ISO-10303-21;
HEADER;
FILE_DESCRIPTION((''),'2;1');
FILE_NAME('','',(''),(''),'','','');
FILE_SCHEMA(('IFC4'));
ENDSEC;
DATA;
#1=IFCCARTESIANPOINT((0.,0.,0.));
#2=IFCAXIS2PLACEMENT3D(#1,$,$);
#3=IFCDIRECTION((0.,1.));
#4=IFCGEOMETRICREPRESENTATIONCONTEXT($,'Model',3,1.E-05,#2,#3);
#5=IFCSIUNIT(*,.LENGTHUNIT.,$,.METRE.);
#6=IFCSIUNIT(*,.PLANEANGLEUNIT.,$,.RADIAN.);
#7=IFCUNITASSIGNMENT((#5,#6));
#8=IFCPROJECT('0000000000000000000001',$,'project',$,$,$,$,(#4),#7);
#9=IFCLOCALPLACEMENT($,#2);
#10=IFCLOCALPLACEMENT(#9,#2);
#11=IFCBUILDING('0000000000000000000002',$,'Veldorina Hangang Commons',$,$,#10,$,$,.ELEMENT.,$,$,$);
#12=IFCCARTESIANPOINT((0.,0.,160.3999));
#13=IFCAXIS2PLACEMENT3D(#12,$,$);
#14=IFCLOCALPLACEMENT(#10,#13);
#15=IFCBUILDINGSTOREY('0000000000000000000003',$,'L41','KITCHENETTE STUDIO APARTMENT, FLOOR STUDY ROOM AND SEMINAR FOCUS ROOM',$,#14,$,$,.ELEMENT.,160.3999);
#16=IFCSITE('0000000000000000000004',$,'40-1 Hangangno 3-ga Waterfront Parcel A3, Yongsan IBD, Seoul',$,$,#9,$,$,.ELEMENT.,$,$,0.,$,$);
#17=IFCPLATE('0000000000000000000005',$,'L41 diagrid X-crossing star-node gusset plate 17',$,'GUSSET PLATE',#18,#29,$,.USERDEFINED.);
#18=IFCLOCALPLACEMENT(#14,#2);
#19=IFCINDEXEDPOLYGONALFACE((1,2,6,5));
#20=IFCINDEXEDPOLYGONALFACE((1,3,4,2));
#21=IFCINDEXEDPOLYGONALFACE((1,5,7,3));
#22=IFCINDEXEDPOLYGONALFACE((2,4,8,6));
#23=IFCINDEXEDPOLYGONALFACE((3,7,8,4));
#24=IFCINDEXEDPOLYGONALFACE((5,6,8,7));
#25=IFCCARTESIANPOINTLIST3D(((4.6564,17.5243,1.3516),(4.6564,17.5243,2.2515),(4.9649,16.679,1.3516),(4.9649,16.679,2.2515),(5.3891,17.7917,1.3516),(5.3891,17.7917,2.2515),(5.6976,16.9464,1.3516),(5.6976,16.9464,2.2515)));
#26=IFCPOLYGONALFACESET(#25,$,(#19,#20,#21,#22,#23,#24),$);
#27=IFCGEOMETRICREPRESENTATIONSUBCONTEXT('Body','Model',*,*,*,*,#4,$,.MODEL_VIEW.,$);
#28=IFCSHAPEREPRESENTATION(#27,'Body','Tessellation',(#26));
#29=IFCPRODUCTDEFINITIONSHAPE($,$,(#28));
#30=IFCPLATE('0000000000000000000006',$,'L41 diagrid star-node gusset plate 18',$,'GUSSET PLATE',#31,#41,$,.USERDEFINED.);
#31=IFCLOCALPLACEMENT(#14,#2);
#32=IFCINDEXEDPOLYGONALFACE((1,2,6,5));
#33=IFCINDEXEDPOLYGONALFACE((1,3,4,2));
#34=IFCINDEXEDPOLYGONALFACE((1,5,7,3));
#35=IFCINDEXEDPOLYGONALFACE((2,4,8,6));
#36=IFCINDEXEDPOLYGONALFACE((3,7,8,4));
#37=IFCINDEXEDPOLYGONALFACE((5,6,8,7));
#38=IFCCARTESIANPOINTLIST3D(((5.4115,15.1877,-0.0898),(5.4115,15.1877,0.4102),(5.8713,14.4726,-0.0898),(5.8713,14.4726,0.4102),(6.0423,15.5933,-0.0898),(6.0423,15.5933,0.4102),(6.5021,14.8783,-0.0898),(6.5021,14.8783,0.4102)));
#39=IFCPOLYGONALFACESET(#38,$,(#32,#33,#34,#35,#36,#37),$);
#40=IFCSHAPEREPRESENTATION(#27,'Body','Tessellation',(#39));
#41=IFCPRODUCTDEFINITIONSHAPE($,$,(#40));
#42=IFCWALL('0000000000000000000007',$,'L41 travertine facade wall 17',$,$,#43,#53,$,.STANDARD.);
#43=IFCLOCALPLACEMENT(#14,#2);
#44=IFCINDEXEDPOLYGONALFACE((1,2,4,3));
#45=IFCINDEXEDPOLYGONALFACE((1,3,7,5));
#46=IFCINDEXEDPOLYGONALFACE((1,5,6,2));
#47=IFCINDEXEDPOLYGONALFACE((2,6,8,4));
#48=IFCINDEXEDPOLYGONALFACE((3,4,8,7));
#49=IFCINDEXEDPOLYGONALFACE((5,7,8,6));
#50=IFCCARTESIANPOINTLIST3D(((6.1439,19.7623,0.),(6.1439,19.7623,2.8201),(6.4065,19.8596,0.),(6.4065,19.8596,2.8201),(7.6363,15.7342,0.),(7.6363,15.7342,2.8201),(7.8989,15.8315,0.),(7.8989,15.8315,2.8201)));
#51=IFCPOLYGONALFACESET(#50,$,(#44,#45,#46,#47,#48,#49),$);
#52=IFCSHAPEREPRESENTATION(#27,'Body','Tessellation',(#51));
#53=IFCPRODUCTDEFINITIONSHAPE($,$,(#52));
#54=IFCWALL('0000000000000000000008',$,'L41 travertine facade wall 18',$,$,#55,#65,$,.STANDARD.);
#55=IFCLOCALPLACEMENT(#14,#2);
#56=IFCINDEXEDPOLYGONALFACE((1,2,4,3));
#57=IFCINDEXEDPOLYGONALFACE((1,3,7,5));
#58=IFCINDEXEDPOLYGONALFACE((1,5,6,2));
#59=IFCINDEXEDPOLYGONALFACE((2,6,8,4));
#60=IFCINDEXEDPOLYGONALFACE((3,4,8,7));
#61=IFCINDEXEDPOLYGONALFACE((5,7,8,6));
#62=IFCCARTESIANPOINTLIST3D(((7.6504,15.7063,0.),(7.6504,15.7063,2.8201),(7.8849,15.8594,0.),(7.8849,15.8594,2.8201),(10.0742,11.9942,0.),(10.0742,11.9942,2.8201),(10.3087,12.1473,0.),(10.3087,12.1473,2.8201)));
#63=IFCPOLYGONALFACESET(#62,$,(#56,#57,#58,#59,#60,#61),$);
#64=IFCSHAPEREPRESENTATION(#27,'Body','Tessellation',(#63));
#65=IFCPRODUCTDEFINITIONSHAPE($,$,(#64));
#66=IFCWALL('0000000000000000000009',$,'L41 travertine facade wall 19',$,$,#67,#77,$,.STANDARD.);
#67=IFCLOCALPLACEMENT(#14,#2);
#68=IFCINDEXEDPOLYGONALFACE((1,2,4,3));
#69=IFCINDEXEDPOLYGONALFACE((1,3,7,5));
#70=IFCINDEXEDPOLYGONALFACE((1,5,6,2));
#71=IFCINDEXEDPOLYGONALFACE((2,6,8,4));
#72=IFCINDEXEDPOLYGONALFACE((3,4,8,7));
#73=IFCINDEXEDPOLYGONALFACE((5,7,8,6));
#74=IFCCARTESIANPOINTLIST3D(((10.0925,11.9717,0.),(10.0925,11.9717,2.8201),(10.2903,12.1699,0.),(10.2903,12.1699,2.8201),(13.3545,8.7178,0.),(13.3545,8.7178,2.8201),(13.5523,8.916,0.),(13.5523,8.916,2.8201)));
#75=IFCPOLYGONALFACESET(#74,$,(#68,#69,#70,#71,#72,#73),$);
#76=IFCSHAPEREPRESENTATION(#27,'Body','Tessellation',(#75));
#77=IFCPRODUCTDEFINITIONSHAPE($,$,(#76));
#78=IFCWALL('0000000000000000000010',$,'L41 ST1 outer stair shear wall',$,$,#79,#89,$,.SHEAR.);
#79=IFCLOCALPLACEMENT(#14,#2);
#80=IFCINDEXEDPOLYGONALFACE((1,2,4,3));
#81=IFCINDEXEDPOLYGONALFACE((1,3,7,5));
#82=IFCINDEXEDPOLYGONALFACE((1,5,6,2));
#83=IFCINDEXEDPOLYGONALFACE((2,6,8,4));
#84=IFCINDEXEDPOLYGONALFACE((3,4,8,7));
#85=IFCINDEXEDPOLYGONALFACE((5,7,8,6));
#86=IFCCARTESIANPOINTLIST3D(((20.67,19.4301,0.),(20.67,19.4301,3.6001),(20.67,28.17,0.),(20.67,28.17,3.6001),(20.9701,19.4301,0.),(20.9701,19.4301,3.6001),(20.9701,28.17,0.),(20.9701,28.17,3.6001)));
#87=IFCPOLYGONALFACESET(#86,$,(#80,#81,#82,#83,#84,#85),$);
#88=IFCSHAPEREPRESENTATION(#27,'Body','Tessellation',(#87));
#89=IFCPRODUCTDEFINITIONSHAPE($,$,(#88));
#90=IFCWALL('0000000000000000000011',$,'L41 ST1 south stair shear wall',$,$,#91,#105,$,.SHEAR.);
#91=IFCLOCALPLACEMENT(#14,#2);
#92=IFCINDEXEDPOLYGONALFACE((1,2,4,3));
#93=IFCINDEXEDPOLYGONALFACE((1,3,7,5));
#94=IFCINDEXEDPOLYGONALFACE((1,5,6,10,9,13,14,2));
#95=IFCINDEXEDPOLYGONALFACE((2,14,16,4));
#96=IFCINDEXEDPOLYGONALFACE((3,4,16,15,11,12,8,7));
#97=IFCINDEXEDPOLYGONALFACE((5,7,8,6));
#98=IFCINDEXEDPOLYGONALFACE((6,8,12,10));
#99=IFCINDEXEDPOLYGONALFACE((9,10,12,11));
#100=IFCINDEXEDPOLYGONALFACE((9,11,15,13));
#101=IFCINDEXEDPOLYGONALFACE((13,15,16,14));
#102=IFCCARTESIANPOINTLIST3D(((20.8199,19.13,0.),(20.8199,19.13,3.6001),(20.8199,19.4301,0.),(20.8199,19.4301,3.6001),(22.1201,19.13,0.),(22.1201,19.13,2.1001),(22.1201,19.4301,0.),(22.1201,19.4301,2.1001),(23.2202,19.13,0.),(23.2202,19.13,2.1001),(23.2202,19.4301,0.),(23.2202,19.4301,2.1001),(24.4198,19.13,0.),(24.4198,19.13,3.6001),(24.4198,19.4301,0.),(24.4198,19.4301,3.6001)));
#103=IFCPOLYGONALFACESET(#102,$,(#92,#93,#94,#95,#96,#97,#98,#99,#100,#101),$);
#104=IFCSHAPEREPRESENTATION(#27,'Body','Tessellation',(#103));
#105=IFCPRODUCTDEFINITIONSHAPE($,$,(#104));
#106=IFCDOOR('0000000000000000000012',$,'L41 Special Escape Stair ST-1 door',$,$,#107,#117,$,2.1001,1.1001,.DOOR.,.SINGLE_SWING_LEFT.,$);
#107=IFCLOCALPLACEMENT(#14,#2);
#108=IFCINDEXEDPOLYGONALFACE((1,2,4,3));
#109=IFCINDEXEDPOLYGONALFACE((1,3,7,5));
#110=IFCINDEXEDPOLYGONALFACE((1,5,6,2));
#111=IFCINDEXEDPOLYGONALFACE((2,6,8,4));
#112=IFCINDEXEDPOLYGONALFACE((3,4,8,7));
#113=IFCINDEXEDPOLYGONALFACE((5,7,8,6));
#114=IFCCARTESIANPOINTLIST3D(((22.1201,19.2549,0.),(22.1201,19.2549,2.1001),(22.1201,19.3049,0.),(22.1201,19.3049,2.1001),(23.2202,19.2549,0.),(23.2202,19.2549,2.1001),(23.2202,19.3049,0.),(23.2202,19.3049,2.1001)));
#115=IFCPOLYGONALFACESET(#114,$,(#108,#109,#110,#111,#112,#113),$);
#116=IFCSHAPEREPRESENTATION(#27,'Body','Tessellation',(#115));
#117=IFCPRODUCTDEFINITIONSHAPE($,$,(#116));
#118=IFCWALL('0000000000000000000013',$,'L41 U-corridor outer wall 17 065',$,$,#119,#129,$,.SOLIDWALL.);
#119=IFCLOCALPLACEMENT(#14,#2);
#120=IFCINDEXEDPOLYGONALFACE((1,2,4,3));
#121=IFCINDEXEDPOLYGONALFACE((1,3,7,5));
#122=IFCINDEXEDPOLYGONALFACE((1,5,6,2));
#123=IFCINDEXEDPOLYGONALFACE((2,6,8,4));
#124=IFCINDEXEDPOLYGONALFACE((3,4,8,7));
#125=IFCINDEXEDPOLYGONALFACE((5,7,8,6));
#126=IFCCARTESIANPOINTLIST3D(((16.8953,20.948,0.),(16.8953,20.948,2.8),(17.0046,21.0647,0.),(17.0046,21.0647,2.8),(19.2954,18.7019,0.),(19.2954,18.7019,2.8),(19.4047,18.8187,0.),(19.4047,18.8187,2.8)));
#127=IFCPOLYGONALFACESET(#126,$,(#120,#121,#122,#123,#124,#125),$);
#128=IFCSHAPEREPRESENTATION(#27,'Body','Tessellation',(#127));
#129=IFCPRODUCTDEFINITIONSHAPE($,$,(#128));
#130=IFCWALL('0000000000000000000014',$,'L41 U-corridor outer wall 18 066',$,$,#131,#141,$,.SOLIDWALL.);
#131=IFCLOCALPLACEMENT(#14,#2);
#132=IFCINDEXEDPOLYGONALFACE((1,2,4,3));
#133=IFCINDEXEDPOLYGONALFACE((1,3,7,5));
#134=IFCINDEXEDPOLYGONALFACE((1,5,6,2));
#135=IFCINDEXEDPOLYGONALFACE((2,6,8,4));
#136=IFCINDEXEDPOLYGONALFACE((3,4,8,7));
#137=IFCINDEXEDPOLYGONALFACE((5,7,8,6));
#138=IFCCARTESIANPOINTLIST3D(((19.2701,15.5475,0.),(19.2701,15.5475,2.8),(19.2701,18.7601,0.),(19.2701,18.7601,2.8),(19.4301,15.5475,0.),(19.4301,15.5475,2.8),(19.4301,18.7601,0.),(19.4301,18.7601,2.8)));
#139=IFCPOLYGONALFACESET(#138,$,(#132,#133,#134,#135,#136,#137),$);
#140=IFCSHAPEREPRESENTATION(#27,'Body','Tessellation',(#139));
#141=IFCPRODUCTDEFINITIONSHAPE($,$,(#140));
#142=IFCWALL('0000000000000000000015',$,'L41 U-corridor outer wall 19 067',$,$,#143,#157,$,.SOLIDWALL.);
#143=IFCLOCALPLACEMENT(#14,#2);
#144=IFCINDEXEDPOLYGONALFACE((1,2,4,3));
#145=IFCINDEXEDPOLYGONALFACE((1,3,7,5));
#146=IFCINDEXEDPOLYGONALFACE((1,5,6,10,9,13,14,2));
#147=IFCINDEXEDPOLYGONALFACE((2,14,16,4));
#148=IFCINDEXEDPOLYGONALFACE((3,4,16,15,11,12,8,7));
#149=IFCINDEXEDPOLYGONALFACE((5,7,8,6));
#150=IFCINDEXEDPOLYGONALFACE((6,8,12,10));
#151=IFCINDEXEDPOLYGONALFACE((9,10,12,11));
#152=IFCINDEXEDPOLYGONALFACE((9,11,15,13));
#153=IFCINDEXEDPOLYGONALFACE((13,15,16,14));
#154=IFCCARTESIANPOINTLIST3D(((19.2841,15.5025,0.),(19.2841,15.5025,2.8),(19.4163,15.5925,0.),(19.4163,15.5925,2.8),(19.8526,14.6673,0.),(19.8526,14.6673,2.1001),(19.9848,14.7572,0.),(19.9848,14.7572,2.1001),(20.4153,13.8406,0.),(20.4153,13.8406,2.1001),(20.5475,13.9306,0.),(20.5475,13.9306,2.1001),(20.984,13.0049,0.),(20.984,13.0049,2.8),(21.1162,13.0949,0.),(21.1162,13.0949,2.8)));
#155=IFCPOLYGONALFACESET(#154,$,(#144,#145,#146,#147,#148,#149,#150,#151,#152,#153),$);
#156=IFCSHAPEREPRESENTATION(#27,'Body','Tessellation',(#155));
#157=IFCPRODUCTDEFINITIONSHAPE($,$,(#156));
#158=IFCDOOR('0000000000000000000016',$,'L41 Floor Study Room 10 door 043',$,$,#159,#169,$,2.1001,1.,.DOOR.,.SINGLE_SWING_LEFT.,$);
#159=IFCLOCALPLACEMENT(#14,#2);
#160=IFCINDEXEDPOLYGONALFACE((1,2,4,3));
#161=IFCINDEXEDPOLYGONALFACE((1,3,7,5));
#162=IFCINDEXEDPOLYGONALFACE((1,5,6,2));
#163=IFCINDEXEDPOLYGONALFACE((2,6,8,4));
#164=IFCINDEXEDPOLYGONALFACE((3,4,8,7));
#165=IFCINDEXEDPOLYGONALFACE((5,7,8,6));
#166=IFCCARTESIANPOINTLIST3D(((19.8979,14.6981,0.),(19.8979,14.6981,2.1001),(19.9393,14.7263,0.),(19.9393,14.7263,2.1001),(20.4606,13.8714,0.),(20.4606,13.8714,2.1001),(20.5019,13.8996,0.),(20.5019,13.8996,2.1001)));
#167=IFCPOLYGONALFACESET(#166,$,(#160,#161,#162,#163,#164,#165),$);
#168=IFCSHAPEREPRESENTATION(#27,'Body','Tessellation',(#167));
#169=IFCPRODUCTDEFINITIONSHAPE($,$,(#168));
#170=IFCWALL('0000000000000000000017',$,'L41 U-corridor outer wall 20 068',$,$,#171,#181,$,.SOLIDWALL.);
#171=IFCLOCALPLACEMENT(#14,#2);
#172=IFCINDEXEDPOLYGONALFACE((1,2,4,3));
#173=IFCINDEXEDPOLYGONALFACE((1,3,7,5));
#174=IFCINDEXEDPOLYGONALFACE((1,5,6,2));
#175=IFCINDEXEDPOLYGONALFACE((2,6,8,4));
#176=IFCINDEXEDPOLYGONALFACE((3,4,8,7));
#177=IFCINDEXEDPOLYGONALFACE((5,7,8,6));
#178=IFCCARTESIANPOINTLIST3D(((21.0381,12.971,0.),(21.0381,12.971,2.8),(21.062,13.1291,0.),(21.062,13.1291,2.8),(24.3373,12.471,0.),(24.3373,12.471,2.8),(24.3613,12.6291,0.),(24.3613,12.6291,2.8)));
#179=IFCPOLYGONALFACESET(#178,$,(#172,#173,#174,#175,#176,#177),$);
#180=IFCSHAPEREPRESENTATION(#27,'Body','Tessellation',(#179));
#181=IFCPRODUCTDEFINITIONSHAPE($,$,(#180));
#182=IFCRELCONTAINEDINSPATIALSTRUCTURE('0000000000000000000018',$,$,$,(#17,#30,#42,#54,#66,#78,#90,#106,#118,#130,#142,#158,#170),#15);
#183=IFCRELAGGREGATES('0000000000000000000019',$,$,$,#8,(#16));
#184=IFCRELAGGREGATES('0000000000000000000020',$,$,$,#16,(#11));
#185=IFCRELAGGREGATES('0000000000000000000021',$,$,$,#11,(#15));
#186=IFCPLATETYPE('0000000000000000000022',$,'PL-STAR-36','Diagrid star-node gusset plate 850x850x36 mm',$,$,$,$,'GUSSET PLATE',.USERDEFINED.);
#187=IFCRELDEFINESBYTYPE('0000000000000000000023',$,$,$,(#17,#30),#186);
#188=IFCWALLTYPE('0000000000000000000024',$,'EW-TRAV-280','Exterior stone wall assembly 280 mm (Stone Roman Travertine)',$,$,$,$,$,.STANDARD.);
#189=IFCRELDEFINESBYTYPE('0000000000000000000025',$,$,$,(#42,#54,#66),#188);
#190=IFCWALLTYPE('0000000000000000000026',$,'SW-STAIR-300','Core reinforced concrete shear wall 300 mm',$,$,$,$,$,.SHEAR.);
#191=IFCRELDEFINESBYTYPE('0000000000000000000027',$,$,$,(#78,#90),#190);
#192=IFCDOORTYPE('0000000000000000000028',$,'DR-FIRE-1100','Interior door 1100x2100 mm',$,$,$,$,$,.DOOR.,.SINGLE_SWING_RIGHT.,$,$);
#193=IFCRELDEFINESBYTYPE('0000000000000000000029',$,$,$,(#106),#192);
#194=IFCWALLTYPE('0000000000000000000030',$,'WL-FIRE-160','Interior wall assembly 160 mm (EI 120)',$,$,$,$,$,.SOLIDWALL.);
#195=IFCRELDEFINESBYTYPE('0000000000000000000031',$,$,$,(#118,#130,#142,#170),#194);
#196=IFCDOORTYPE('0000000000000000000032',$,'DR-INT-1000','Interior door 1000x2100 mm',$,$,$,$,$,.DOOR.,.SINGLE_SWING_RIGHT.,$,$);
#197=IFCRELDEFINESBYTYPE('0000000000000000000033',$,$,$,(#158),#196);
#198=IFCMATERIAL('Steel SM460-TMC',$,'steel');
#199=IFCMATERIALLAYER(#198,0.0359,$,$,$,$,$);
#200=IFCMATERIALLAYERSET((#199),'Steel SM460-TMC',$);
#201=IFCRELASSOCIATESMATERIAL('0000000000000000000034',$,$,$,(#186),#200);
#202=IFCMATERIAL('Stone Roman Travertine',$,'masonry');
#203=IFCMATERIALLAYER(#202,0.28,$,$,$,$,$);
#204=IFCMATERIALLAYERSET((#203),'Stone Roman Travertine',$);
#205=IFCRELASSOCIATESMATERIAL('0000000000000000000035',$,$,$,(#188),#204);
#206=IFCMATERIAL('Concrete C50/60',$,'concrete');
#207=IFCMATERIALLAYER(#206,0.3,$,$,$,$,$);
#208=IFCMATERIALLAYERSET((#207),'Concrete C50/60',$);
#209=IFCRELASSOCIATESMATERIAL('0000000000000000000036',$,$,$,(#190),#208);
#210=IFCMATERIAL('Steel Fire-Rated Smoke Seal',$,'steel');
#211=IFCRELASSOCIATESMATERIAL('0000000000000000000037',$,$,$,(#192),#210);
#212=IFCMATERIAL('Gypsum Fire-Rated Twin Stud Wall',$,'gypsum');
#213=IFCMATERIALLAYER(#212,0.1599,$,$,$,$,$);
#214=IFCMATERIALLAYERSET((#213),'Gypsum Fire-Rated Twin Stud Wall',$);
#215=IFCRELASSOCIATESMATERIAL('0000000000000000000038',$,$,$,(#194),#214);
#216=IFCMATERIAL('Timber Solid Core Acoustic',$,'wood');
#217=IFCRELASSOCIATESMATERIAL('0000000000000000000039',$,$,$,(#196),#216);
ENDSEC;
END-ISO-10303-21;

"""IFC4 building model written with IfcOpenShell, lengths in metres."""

from ifc_helpers import new_model, si_unit, direction, frame, frame_2d, origin, origin_2d, place, context, subcontext, project, spatial, rectangle, extrude, material, layer, layer_set, type_object, element, fill, save


model = new_model("IFC4")

# Units and contexts
model_context = context("Model", 3, precision=1e-05, world=origin(), true_north=direction((0.0, 1.0)))
body_context = subcontext(model_context, "Body", "Model", "MODEL_VIEW")
ifc_project = project(units=[si_unit("LENGTHUNIT", "METRE"), si_unit("PLANEANGLEUNIT", "RADIAN")], contexts=[model_context])

# Site, building, storey
site_placement = place(None, origin())
site = spatial("IfcSite", under=ifc_project, at=site_placement, Name="40-1 Hangangno 3-ga Waterfront Parcel A3, Yongsan IBD, Seoul", CompositionType="ELEMENT", RefElevation=0.0)
building_placement = place(site_placement, origin())
building = spatial("IfcBuilding", under=site, at=building_placement, Name="Veldorina Hangang Commons", CompositionType="ELEMENT")
storey_placement = place(building_placement, frame((0.0, 0.0, 160.3999)))
storey = spatial("IfcBuildingStorey", under=building, at=storey_placement, Name="L41", Description="KITCHENETTE STUDIO APARTMENT, FLOOR STUDY ROOM AND SEMINAR FOCUS ROOM", CompositionType="ELEMENT", Elevation=160.3999)

# Plates
ifc_material_1 = material(Name="Steel SM460-TMC", Category="steel")
ifc_layer_1 = layer(ifc_material_1, 0.0359)
ifc_layer_set_1 = layer_set([ifc_layer_1], Name="Steel SM460-TMC")
plate_type = type_object("IfcPlateType", Name="PL-STAR-36", Description="Diagrid star-node gusset plate 850x850x36 mm", ElementType="GUSSET PLATE", PredefinedType="USERDEFINED", material=ifc_layer_set_1)
plate_1_placement = place(storey_placement, frame((5.177, 17.2354, 1.3516), z_axis=(0.0, 0.0, 1.0), x_axis=(0.342807, -0.939406, 0.0)))
element("IfcPlate", 1, at=plate_1_placement, inside=storey, type_object=plate_type, Name="L41 diagrid X-crossing star-node gusset plate 17", ObjectType="GUSSET PLATE", PredefinedType="USERDEFINED", context=body_context, shape_type="SweptSolid", body=[
    extrude(rectangle(XDim=0.8999, YDim=0.78, at=origin_2d()), origin(), (0.0, 0.0, 1.0), 0.8999),
])
plate_2_placement = place(storey_placement, frame((5.9568, 15.033, -0.0898), z_axis=(0.0, 0.0, 1.0), x_axis=(0.540857, -0.841115, 0.0)))
element("IfcPlate", 2, at=plate_2_placement, inside=storey, type_object=plate_type, Name="L41 diagrid star-node gusset plate 18", ObjectType="GUSSET PLATE", PredefinedType="USERDEFINED", context=body_context, shape_type="SweptSolid", body=[
    extrude(rectangle(XDim=0.8501, YDim=0.75, at=origin_2d()), origin(), (0.0, 0.0, 1.0), 0.5),
])

# Walls
ifc_material_2 = material(Name="Stone Roman Travertine", Category="masonry")
ifc_layer_2 = layer(ifc_material_2, 0.28)
ifc_layer_set_2 = layer_set([ifc_layer_2], Name="Stone Roman Travertine")
wall_type_1 = type_object("IfcWallType", Name="EW-TRAV-280", Description="Exterior stone wall assembly 280 mm (Stone Roman Travertine)", PredefinedType="STANDARD", material=ifc_layer_set_2)
wall_1_placement = place(storey_placement, frame((6.2751, 19.811, 0.0), z_axis=(0.0, 0.0, 1.0), x_axis=(0.347427, -0.937707, 0.0)))
element("IfcWall", 3, at=wall_1_placement, inside=storey, type_object=wall_type_1, Name="L41 travertine facade wall 17", PredefinedType="STANDARD", context=body_context, shape_type="SweptSolid", body=[
    extrude(rectangle(XDim=4.2957, YDim=0.28, at=frame_2d((2.1479, 0.0))), origin(), (0.0, 0.0, 1.0), 2.8201),
])
wall_2_placement = place(storey_placement, frame((7.7676, 15.783, 0.0), z_axis=(0.0, 0.0, 1.0), x_axis=(0.54672, -0.837316, 0.0)))
element("IfcWall", 4, at=wall_2_placement, inside=storey, type_object=wall_type_1, Name="L41 travertine facade wall 18", PredefinedType="STANDARD", context=body_context, shape_type="SweptSolid", body=[
    extrude(rectangle(XDim=4.4333, YDim=0.28, at=frame_2d((2.2168, 0.0))), origin(), (0.0, 0.0, 1.0), 2.8201),
])
wall_3_placement = place(storey_placement, frame((10.1914, 12.0708, 0.0), z_axis=(0.0, 0.0, 1.0), x_axis=(0.707981, -0.706232, 0.0)))
element("IfcWall", 5, at=wall_3_placement, inside=storey, type_object=wall_type_1, Name="L41 travertine facade wall 19", PredefinedType="STANDARD", context=body_context, shape_type="SweptSolid", body=[
    extrude(rectangle(XDim=4.6074, YDim=0.28, at=frame_2d((2.3037, 0.0))), origin(), (0.0, 0.0, 1.0), 2.8201),
])
ifc_material_3 = material(Name="Concrete C50/60", Category="concrete")
ifc_layer_3 = layer(ifc_material_3, 0.3)
ifc_layer_set_3 = layer_set([ifc_layer_3], Name="Concrete C50/60")
wall_type_2 = type_object("IfcWallType", Name="SW-STAIR-300", Description="Core reinforced concrete shear wall 300 mm", PredefinedType="SHEAR", material=ifc_layer_set_3)
wall_4_placement = place(storey_placement, frame((20.8201, 19.4299, 0.0), z_axis=(0.0, 0.0, 1.0), x_axis=(0.0, 1.0, 0.0)))
element("IfcWall", 6, at=wall_4_placement, inside=storey, type_object=wall_type_2, Name="L41 ST1 outer stair shear wall", PredefinedType="SHEAR", context=body_context, shape_type="SweptSolid", body=[
    extrude(rectangle(XDim=8.74, YDim=0.3, at=frame_2d((4.3701, 0.0))), origin(), (0.0, 0.0, 1.0), 3.6001),
])

# Wall, opening, door
wall_5_placement = place(storey_placement, frame((20.8201, 19.28, 0.0), z_axis=(0.0, 0.0, 1.0), x_axis=(1.0, 0.0, 0.0)))
wall_5 = element("IfcWall", 7, at=wall_5_placement, inside=storey, type_object=wall_type_2, Name="L41 ST1 south stair shear wall", PredefinedType="SHEAR", context=body_context, shape_type="SweptSolid", body=[
    extrude(rectangle(XDim=3.5999, YDim=0.3, at=frame_2d((1.7998, 0.0))), origin(), (0.0, 0.0, 1.0), 3.6001),
])
opening_1_placement = place(wall_5_placement, frame((1.3, 0.0, 0.0)))
opening_1 = element("IfcOpeningElement", 8, at=opening_1_placement, cuts=wall_5, PredefinedType="OPENING", context=body_context, shape_type="SweptSolid", body=[
    extrude(rectangle(XDim=1.1001, YDim=2.1001, at=frame_2d((0.55, 1.05))), frame((0.0, 0.1602, 0.0), z_axis=(0.0, -1.0, 0.0), x_axis=(1.0, 0.0, 0.0)), (0.0, 0.0, 1.0), 0.3201),
])
ifc_material_4 = material(Name="Steel Fire-Rated Smoke Seal", Category="steel")
door_type_1 = type_object("IfcDoorType", Name="DR-FIRE-1100", Description="Interior door 1100x2100 mm", OperationType="SINGLE_SWING_RIGHT", PredefinedType="DOOR", material=ifc_material_4)
door_1_placement = place(opening_1_placement, origin())
door_1 = element("IfcDoor", 9, at=door_1_placement, inside=storey, type_object=door_type_1, Name="L41 Special Escape Stair ST-1 door", OperationType="SINGLE_SWING_LEFT", OverallHeight=2.1001, OverallWidth=1.1001, PredefinedType="DOOR", context=body_context, shape_type="SweptSolid", body=[
    extrude(rectangle(XDim=1.1001, YDim=2.1001, at=frame_2d((0.55, 1.05))), frame((0.0, 0.0249, 0.0), z_axis=(0.0, -1.0, 0.0), x_axis=(1.0, 0.0, 0.0)), (0.0, 0.0, 1.0), 0.05),
])
fill(opening_1, door_1)

# Walls
ifc_material_5 = material(Name="Gypsum Fire-Rated Twin Stud Wall", Category="gypsum")
ifc_layer_4 = layer(ifc_material_5, 0.1599)
ifc_layer_set_4 = layer_set([ifc_layer_4], Name="Gypsum Fire-Rated Twin Stud Wall")
wall_type_3 = type_object("IfcWallType", Name="WL-FIRE-160", Description="Interior wall assembly 160 mm (EI 120)", PredefinedType="SOLIDWALL", material=ifc_layer_set_4)
wall_6_placement = place(storey_placement, frame((16.95, 21.0063, 0.0), z_axis=(0.0, 0.0, 1.0), x_axis=(0.730151, -0.683286, 0.0)))
element("IfcWall", 10, at=wall_6_placement, inside=storey, type_object=wall_type_3, Name="L41 U-corridor outer wall 17 065", PredefinedType="SOLIDWALL", context=body_context, shape_type="SweptSolid", body=[
    extrude(rectangle(XDim=3.2871, YDim=0.1599, at=frame_2d((1.6436, 0.0))), origin(), (0.0, 0.0, 1.0), 2.8),
])
wall_7_placement = place(storey_placement, frame((19.3501, 18.7603, 0.0), z_axis=(0.0, 0.0, 1.0), x_axis=(0.0, -1.0, 0.0)))
element("IfcWall", 11, at=wall_7_placement, inside=storey, type_object=wall_type_3, Name="L41 U-corridor outer wall 18 066", PredefinedType="SOLIDWALL", context=body_context, shape_type="SweptSolid", body=[
    extrude(rectangle(XDim=3.2126, YDim=0.1599, at=frame_2d((1.6064, 0.0))), origin(), (0.0, 0.0, 1.0), 2.8),
])

# Wall, opening, door
wall_8_placement = place(storey_placement, frame((19.3501, 15.5476, 0.0), z_axis=(0.0, 0.0, 1.0), x_axis=(0.562675, -0.826678, 0.0)))
wall_8 = element("IfcWall", 12, at=wall_8_placement, inside=storey, type_object=wall_type_3, Name="L41 U-corridor outer wall 19 067", PredefinedType="SOLIDWALL", context=body_context, shape_type="SweptSolid", body=[
    extrude(rectangle(XDim=3.0212, YDim=0.1599, at=frame_2d((1.5107, 0.0))), origin(), (0.0, 0.0, 1.0), 2.8),
])
opening_2_placement = place(wall_8_placement, frame((1.0105, 0.0, 0.0)))
opening_2 = element("IfcOpeningElement", 13, at=opening_2_placement, cuts=wall_8, PredefinedType="OPENING", context=body_context, shape_type="SweptSolid", body=[
    extrude(rectangle(XDim=1.0, YDim=2.1001, at=frame_2d((0.5, 1.05))), frame((0.0, 0.0898, 0.0), z_axis=(0.0, -1.0, 0.0), x_axis=(1.0, 0.0, 0.0)), (0.0, 0.0, 1.0), 0.1799),
])
ifc_material_6 = material(Name="Timber Solid Core Acoustic", Category="wood")
door_type_2 = type_object("IfcDoorType", Name="DR-INT-1000", Description="Interior door 1000x2100 mm", OperationType="SINGLE_SWING_RIGHT", PredefinedType="DOOR", material=ifc_material_6)
door_2_placement = place(opening_2_placement, origin())
door_2 = element("IfcDoor", 14, at=door_2_placement, inside=storey, type_object=door_type_2, Name="L41 Floor Study Room 10 door 043", OperationType="SINGLE_SWING_LEFT", OverallHeight=2.1001, OverallWidth=1.0, PredefinedType="DOOR", context=body_context, shape_type="SweptSolid", body=[
    extrude(rectangle(XDim=1.0, YDim=2.1001, at=frame_2d((0.5, 1.05))), frame((0.0, 0.0249, 0.0), z_axis=(0.0, -1.0, 0.0), x_axis=(1.0, 0.0, 0.0)), (0.0, 0.0, 1.0), 0.05),
])
fill(opening_2, door_2)

# Wall
wall_9_placement = place(storey_placement, frame((21.05, 13.05, 0.0), z_axis=(0.0, 0.0, 1.0), x_axis=(0.988711, -0.149836, 0.0)))
element("IfcWall", 15, at=wall_9_placement, inside=storey, type_object=wall_type_3, Name="L41 U-corridor outer wall 20 068", PredefinedType="SOLIDWALL", context=body_context, shape_type="SweptSolid", body=[
    extrude(rectangle(XDim=3.3369, YDim=0.1599, at=frame_2d((1.6685, 0.0))), origin(), (0.0, 0.0, 1.0), 2.8),
])

save(model, "model.ifc")
